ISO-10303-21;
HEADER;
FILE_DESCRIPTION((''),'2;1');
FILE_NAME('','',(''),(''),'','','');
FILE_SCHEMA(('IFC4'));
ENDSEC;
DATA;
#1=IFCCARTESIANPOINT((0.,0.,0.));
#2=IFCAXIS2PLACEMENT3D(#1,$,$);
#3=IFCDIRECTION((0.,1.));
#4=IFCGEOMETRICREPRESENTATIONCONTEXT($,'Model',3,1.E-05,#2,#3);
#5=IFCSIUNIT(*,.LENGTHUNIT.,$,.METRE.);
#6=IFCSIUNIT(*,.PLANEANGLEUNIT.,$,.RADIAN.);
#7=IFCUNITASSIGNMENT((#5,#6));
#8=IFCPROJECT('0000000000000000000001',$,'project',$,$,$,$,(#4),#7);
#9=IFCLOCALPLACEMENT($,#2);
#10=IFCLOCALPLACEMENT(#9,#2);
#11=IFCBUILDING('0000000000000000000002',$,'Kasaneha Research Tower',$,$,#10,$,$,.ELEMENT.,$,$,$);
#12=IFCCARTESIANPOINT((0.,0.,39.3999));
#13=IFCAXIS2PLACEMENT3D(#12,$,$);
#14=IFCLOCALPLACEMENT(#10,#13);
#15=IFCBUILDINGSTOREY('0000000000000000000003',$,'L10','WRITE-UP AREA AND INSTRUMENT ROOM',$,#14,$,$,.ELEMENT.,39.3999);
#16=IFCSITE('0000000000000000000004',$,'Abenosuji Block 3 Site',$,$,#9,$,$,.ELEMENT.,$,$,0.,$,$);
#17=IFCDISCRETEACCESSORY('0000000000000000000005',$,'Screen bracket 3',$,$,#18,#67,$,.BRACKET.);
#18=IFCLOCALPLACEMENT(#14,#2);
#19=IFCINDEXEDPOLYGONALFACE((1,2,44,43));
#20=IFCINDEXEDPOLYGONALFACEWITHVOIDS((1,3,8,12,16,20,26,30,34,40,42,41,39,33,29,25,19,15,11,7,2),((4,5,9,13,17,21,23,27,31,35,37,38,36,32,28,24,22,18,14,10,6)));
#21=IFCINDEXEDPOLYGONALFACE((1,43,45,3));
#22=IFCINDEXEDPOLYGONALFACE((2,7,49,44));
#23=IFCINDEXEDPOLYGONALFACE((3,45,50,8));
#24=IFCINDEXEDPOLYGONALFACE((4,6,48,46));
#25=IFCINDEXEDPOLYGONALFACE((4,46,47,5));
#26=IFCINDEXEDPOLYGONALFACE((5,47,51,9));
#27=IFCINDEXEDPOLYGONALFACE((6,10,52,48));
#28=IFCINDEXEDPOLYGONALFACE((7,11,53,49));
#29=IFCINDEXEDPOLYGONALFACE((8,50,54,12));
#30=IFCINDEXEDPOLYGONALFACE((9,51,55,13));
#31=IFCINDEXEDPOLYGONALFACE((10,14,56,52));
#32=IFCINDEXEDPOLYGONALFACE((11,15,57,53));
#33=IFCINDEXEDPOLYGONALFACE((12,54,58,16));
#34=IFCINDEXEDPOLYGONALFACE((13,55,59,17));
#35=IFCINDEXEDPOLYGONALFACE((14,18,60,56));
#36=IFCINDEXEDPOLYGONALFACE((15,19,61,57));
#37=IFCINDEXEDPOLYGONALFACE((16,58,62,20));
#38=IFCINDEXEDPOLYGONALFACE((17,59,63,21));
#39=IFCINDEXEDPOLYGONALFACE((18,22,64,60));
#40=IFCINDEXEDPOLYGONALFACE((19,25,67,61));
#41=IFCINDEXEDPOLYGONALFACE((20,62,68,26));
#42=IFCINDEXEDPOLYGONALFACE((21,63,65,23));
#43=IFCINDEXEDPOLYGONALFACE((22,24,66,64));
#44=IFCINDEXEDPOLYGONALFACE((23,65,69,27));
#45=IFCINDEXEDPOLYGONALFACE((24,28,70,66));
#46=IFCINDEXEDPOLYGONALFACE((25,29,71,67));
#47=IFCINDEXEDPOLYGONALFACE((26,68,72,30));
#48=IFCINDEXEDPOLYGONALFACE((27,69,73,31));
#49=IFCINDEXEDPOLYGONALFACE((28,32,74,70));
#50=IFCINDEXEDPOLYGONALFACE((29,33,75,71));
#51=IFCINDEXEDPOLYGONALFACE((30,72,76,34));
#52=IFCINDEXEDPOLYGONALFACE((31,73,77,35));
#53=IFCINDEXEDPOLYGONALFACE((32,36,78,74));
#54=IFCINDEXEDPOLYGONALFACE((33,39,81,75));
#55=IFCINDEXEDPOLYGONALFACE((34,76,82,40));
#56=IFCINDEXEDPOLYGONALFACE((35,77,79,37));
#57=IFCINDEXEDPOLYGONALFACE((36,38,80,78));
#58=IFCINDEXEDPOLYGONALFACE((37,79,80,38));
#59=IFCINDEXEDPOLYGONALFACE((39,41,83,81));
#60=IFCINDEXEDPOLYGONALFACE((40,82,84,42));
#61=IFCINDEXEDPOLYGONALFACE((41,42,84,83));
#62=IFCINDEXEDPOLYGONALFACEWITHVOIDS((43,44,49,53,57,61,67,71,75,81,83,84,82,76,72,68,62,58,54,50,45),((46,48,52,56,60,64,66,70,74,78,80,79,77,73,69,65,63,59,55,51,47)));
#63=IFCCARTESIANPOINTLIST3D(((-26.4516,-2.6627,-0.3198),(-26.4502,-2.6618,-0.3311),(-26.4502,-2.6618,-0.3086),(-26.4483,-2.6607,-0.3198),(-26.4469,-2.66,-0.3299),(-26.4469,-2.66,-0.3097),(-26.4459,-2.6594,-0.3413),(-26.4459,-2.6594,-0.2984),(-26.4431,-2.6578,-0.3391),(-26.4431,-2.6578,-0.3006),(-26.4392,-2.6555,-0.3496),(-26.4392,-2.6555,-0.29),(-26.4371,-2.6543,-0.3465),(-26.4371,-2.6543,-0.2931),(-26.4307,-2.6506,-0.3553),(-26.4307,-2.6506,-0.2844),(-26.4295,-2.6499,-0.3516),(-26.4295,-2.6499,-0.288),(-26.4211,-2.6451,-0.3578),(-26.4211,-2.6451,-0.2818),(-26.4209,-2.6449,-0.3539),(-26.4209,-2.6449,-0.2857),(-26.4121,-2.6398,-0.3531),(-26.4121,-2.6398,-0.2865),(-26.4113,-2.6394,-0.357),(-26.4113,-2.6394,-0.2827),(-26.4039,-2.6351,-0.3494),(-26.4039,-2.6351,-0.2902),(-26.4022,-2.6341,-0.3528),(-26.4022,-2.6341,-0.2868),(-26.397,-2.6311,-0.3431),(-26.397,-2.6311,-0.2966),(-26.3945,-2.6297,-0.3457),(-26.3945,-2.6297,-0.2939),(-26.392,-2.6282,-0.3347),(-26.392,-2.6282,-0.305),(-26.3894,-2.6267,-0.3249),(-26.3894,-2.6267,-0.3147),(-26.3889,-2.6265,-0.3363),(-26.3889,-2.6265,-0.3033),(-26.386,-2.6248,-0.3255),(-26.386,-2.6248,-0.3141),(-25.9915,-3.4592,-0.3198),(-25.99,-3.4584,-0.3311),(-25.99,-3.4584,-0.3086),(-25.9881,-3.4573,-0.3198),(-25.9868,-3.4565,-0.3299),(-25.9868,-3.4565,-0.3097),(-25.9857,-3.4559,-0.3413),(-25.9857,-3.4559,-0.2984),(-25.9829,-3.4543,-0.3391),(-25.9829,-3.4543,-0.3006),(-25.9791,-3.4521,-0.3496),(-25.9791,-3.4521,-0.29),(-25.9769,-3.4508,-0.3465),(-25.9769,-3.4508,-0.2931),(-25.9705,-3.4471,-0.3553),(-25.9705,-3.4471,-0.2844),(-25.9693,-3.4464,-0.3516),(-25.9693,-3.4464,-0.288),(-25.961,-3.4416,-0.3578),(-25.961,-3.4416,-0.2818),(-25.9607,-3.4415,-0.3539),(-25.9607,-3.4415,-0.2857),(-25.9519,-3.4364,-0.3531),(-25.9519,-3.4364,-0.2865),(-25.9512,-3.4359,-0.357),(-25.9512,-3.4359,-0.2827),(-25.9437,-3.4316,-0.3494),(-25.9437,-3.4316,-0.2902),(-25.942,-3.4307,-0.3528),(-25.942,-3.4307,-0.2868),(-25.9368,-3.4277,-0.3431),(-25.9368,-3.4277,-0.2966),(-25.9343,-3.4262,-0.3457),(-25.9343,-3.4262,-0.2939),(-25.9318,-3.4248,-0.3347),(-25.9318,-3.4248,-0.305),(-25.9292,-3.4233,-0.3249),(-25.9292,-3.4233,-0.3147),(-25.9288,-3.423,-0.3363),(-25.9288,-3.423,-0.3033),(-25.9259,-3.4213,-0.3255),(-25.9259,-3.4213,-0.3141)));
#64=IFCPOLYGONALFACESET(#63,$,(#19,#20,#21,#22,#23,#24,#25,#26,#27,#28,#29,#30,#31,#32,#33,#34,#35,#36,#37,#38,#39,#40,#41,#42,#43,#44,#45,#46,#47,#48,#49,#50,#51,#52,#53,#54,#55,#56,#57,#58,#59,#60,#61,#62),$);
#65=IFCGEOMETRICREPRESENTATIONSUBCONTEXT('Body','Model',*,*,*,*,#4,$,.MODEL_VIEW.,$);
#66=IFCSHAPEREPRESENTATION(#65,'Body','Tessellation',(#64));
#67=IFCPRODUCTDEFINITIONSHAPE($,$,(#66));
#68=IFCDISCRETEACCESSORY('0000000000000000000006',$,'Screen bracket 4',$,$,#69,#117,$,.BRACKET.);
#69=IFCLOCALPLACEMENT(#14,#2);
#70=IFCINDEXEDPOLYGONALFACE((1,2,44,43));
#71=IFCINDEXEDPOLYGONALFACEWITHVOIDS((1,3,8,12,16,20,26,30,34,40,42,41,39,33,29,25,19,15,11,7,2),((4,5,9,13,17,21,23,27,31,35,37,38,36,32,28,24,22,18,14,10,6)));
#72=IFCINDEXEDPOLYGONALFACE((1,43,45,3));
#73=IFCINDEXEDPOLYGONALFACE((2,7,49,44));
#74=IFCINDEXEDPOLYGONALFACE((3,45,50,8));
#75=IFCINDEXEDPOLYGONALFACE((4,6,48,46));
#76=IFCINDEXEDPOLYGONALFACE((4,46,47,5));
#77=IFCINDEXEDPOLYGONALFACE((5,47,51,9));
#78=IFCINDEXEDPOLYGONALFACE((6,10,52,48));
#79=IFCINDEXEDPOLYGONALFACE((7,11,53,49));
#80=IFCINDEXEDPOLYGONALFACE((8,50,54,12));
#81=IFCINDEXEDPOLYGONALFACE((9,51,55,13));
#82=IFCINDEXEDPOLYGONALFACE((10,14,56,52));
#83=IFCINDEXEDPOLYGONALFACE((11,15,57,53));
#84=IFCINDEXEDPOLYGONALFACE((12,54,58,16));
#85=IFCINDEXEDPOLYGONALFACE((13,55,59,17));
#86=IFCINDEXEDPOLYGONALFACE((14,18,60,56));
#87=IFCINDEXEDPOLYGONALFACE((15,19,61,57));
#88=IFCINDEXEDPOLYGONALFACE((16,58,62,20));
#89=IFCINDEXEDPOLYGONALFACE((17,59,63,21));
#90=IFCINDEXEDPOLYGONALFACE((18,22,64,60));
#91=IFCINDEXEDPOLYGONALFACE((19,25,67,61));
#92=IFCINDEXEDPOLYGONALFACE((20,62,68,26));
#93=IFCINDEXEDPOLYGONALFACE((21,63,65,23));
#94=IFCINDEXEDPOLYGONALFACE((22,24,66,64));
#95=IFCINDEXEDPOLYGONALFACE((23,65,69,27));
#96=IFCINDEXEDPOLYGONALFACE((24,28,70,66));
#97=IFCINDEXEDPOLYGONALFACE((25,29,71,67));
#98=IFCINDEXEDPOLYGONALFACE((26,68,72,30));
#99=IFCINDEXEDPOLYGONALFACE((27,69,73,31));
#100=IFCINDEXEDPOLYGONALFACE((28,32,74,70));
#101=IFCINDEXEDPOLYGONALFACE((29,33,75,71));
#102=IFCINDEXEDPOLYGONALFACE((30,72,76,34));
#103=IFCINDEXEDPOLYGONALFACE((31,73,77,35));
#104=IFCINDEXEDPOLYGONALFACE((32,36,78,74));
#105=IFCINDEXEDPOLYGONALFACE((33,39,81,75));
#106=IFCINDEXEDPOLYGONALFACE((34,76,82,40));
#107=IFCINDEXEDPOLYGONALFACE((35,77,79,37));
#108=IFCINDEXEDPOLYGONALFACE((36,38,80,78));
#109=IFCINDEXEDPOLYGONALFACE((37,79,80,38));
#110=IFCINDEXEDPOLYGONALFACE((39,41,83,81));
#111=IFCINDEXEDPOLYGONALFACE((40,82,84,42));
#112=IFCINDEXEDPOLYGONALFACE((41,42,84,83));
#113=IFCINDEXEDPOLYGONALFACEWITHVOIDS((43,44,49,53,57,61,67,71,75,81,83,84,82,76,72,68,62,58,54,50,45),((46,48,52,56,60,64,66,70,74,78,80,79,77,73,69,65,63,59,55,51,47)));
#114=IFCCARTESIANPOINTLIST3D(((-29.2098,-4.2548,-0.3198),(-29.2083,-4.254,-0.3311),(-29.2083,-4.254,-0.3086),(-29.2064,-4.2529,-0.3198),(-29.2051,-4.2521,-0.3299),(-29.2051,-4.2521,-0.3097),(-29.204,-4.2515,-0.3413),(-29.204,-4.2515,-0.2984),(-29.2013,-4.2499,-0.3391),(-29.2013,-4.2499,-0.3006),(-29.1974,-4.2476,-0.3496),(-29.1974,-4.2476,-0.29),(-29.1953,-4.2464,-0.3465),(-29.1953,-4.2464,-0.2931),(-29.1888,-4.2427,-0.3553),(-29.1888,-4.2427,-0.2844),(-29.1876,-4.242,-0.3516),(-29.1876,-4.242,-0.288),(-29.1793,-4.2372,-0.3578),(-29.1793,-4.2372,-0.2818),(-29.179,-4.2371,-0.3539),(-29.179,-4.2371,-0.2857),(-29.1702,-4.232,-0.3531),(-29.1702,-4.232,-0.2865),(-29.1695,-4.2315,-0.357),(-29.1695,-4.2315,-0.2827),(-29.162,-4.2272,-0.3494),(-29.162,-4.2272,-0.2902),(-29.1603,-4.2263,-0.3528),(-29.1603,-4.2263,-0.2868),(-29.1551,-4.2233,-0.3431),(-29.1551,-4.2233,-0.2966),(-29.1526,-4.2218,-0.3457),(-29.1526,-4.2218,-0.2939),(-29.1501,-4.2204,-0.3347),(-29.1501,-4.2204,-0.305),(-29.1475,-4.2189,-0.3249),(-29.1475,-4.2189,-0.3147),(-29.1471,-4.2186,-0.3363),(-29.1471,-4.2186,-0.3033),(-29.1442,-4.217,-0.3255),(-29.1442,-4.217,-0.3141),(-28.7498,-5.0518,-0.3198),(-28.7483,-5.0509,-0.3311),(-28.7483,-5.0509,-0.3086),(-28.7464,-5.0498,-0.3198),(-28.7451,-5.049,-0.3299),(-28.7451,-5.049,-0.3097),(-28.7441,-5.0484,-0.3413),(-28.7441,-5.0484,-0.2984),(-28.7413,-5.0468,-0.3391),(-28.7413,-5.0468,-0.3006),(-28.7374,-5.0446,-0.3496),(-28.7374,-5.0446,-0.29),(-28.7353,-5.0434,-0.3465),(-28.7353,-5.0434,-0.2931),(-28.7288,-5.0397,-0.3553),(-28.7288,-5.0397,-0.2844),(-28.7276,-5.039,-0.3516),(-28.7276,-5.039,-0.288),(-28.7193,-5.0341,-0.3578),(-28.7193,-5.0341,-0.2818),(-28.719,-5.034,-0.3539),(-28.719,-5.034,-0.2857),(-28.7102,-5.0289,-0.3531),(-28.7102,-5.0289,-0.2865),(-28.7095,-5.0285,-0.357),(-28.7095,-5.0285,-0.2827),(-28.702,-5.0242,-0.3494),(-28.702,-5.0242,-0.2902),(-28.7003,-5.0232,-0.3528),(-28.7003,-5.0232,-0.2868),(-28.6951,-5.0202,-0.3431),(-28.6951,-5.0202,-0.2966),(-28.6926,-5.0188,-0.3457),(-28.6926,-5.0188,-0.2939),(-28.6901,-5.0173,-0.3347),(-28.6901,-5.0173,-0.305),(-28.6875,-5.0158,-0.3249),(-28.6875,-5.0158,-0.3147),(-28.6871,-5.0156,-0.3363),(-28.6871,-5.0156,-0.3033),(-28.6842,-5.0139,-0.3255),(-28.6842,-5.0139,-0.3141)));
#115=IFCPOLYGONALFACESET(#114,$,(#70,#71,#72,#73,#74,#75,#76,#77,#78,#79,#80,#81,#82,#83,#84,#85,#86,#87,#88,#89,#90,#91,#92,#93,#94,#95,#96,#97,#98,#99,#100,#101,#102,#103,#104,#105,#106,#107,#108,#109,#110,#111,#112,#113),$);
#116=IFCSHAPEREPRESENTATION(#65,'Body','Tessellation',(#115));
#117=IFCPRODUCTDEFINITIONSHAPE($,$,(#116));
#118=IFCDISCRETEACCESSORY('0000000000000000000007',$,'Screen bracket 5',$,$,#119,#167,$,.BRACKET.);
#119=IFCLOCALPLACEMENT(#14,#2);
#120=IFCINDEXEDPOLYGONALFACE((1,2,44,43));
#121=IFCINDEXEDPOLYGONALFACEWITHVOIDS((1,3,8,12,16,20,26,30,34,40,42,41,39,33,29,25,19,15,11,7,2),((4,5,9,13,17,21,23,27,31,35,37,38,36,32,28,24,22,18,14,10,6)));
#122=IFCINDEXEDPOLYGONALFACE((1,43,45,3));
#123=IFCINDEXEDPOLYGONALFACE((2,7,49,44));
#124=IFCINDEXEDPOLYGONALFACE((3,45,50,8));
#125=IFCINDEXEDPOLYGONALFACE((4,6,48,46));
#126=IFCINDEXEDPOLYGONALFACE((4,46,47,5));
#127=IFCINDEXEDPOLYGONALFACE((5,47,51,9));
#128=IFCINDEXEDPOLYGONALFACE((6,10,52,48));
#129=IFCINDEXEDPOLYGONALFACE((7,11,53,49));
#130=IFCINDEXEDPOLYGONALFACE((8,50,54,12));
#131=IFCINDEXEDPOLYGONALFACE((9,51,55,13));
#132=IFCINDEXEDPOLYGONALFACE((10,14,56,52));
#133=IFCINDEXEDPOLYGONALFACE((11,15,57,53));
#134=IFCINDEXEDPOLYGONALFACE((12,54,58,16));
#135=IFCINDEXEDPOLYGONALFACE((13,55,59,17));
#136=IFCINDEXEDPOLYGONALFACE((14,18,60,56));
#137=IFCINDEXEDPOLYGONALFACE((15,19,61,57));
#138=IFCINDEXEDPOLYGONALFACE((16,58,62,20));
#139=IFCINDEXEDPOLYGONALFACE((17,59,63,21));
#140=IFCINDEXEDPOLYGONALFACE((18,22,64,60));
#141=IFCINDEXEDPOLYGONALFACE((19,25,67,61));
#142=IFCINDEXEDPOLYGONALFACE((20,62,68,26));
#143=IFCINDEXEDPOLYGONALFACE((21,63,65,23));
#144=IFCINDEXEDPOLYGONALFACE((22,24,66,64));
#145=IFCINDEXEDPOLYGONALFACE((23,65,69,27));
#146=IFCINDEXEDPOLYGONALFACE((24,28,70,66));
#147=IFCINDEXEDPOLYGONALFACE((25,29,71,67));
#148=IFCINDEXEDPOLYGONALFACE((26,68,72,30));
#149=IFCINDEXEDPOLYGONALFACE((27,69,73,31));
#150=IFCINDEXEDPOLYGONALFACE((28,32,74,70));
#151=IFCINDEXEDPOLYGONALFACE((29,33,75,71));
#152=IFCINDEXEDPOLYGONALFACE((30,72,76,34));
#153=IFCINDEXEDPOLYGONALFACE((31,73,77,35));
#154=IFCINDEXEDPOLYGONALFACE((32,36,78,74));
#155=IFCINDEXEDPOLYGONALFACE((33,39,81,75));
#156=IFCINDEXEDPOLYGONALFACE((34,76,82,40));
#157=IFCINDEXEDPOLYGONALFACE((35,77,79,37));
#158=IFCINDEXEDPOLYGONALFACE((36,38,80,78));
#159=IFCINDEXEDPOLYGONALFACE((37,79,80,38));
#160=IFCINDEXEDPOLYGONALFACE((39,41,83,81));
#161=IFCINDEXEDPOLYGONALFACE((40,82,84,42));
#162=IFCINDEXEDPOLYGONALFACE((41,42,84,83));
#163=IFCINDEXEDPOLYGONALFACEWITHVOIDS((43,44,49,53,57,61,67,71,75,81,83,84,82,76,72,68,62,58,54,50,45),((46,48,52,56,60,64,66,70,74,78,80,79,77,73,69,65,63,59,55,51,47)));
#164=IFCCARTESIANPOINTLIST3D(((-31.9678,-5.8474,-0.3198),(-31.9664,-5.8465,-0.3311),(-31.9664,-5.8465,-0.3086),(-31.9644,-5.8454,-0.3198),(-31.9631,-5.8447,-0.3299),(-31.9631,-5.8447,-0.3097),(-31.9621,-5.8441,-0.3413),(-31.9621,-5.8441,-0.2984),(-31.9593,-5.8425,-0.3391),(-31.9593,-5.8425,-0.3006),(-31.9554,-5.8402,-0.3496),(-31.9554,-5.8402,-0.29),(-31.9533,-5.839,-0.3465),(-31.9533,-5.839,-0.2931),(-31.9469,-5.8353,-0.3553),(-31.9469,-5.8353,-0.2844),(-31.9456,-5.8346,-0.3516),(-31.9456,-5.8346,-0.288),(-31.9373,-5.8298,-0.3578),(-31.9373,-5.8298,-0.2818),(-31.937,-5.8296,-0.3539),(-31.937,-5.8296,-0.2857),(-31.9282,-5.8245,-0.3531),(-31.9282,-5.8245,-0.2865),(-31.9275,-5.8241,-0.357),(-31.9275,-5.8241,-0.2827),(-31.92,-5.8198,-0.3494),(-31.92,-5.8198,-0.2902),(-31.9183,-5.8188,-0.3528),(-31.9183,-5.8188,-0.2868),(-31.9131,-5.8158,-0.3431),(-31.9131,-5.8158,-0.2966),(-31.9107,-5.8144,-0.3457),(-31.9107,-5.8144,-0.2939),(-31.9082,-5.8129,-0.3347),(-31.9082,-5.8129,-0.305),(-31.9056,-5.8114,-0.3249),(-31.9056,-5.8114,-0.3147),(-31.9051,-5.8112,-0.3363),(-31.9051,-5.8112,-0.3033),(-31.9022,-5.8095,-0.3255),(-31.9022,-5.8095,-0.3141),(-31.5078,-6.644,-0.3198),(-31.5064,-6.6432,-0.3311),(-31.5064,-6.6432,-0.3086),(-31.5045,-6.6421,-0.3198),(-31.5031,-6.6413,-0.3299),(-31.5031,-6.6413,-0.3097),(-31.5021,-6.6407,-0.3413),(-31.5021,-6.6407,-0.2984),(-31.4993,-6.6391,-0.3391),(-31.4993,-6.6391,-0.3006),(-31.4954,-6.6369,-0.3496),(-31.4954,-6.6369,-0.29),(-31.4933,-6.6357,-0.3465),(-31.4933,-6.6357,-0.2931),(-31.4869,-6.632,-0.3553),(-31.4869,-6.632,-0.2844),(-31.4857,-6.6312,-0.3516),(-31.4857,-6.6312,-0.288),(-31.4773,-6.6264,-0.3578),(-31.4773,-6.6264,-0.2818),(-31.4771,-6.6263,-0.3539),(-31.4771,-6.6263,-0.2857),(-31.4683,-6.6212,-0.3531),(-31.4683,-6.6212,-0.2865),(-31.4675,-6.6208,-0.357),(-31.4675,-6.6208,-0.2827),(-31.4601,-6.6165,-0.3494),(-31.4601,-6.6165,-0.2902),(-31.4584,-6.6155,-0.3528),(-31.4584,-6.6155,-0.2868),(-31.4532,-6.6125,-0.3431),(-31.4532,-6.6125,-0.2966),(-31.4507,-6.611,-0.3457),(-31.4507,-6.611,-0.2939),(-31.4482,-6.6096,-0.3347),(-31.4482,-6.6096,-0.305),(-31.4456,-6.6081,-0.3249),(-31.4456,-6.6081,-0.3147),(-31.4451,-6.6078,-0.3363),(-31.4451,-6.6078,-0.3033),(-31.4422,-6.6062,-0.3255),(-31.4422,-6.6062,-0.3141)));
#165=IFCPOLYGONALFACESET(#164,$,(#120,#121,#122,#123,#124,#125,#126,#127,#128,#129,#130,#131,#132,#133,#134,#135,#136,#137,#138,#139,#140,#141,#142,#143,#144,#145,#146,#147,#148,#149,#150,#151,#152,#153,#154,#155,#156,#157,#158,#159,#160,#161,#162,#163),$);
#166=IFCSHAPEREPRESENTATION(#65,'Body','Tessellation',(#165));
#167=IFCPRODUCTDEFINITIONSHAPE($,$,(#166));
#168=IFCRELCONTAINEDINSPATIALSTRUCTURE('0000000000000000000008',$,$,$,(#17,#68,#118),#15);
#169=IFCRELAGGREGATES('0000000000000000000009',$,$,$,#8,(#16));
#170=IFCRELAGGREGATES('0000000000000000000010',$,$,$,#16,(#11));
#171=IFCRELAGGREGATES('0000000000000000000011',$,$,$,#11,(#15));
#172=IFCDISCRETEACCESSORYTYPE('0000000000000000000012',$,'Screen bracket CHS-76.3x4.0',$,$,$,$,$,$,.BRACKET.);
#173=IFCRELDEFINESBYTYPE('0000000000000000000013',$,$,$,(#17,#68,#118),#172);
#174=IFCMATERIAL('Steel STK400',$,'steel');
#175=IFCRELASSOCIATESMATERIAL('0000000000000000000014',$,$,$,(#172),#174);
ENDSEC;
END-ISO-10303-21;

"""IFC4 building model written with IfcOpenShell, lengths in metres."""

from ifc_helpers import new_model, si_unit, direction, frame, origin, origin_2d, place, context, subcontext, project, spatial, hollow_circle, extrude, material, material_profile, profile_set, type_object, element, save


model = new_model("IFC4")

# Units and contexts
model_context = context("Model", 3, precision=1e-05, world=origin(), true_north=direction((0.0, 1.0)))
body_context = subcontext(model_context, "Body", "Model", "MODEL_VIEW")
ifc_project = project(units=[si_unit("LENGTHUNIT", "METRE"), si_unit("PLANEANGLEUNIT", "RADIAN")], contexts=[model_context])

# Site, building, storey
site_placement = place(None, origin())
site = spatial("IfcSite", under=ifc_project, at=site_placement, Name="Abenosuji Block 3 Site", CompositionType="ELEMENT", RefElevation=0.0)
building_placement = place(site_placement, origin())
building = spatial("IfcBuilding", under=site, at=building_placement, Name="Kasaneha Research Tower", CompositionType="ELEMENT")
storey_placement = place(building_placement, frame((0.0, 0.0, 39.3999)))
storey = spatial("IfcBuildingStorey", under=building, at=storey_placement, Name="L10", Description="WRITE-UP AREA AND INSTRUMENT ROOM", CompositionType="ELEMENT", Elevation=39.3999)

# Discrete accessories
ifc_material_1 = material(Name="Steel STK400", Category="steel")
ifc_material_profile_1 = material_profile(ifc_material_1, hollow_circle(Radius=0.0381, WallThickness=0.0039, at=origin_2d()), Name="CHS-76.3x4.0")
ifc_profile_set_1 = profile_set([ifc_material_profile_1], Name="Steel STK400")
discrete_accessory_type = type_object("IfcDiscreteAccessoryType", Name="Screen bracket CHS-76.3x4.0", PredefinedType="BRACKET", material=ifc_profile_set_1)
discrete_accessory_1_placement = place(storey_placement, frame((-25.9585, -3.4402, -0.3198), z_axis=(-0.50022, 0.865898, 0.0), x_axis=(-0.865898, -0.50022, 0.0)))
element("IfcDiscreteAccessory", 1, at=discrete_accessory_1_placement, inside=storey, type_object=discrete_accessory_type, Name="Screen bracket 3", PredefinedType="BRACKET", context=body_context, shape_type="SweptSolid", body=[
    extrude(hollow_circle(Radius=0.0381, WallThickness=0.0039, at=origin_2d()), origin(), (0.0, 0.0, 1.0), 0.9199),
])
discrete_accessory_2_placement = place(storey_placement, frame((-28.7168, -5.0327, -0.3198), z_axis=(-0.499906, 0.86608, 0.0), x_axis=(-0.86608, -0.499906, 0.0)))
element("IfcDiscreteAccessory", 2, at=discrete_accessory_2_placement, inside=storey, type_object=discrete_accessory_type, Name="Screen bracket 4", PredefinedType="BRACKET", context=body_context, shape_type="SweptSolid", body=[
    extrude(hollow_circle(Radius=0.0381, WallThickness=0.0039, at=origin_2d()), origin(), (0.0, 0.0, 1.0), 0.9202),
])
discrete_accessory_3_placement = place(storey_placement, frame((-31.4749, -6.625, -0.3198), z_axis=(-0.500021, 0.866013, 0.0), x_axis=(-0.866013, -0.500021, 0.0)))
element("IfcDiscreteAccessory", 3, at=discrete_accessory_3_placement, inside=storey, type_object=discrete_accessory_type, Name="Screen bracket 5", PredefinedType="BRACKET", context=body_context, shape_type="SweptSolid", body=[
    extrude(hollow_circle(Radius=0.0381, WallThickness=0.0039, at=origin_2d()), origin(), (0.0, 0.0, 1.0), 0.9199),
])

save(model, "model.ifc")
